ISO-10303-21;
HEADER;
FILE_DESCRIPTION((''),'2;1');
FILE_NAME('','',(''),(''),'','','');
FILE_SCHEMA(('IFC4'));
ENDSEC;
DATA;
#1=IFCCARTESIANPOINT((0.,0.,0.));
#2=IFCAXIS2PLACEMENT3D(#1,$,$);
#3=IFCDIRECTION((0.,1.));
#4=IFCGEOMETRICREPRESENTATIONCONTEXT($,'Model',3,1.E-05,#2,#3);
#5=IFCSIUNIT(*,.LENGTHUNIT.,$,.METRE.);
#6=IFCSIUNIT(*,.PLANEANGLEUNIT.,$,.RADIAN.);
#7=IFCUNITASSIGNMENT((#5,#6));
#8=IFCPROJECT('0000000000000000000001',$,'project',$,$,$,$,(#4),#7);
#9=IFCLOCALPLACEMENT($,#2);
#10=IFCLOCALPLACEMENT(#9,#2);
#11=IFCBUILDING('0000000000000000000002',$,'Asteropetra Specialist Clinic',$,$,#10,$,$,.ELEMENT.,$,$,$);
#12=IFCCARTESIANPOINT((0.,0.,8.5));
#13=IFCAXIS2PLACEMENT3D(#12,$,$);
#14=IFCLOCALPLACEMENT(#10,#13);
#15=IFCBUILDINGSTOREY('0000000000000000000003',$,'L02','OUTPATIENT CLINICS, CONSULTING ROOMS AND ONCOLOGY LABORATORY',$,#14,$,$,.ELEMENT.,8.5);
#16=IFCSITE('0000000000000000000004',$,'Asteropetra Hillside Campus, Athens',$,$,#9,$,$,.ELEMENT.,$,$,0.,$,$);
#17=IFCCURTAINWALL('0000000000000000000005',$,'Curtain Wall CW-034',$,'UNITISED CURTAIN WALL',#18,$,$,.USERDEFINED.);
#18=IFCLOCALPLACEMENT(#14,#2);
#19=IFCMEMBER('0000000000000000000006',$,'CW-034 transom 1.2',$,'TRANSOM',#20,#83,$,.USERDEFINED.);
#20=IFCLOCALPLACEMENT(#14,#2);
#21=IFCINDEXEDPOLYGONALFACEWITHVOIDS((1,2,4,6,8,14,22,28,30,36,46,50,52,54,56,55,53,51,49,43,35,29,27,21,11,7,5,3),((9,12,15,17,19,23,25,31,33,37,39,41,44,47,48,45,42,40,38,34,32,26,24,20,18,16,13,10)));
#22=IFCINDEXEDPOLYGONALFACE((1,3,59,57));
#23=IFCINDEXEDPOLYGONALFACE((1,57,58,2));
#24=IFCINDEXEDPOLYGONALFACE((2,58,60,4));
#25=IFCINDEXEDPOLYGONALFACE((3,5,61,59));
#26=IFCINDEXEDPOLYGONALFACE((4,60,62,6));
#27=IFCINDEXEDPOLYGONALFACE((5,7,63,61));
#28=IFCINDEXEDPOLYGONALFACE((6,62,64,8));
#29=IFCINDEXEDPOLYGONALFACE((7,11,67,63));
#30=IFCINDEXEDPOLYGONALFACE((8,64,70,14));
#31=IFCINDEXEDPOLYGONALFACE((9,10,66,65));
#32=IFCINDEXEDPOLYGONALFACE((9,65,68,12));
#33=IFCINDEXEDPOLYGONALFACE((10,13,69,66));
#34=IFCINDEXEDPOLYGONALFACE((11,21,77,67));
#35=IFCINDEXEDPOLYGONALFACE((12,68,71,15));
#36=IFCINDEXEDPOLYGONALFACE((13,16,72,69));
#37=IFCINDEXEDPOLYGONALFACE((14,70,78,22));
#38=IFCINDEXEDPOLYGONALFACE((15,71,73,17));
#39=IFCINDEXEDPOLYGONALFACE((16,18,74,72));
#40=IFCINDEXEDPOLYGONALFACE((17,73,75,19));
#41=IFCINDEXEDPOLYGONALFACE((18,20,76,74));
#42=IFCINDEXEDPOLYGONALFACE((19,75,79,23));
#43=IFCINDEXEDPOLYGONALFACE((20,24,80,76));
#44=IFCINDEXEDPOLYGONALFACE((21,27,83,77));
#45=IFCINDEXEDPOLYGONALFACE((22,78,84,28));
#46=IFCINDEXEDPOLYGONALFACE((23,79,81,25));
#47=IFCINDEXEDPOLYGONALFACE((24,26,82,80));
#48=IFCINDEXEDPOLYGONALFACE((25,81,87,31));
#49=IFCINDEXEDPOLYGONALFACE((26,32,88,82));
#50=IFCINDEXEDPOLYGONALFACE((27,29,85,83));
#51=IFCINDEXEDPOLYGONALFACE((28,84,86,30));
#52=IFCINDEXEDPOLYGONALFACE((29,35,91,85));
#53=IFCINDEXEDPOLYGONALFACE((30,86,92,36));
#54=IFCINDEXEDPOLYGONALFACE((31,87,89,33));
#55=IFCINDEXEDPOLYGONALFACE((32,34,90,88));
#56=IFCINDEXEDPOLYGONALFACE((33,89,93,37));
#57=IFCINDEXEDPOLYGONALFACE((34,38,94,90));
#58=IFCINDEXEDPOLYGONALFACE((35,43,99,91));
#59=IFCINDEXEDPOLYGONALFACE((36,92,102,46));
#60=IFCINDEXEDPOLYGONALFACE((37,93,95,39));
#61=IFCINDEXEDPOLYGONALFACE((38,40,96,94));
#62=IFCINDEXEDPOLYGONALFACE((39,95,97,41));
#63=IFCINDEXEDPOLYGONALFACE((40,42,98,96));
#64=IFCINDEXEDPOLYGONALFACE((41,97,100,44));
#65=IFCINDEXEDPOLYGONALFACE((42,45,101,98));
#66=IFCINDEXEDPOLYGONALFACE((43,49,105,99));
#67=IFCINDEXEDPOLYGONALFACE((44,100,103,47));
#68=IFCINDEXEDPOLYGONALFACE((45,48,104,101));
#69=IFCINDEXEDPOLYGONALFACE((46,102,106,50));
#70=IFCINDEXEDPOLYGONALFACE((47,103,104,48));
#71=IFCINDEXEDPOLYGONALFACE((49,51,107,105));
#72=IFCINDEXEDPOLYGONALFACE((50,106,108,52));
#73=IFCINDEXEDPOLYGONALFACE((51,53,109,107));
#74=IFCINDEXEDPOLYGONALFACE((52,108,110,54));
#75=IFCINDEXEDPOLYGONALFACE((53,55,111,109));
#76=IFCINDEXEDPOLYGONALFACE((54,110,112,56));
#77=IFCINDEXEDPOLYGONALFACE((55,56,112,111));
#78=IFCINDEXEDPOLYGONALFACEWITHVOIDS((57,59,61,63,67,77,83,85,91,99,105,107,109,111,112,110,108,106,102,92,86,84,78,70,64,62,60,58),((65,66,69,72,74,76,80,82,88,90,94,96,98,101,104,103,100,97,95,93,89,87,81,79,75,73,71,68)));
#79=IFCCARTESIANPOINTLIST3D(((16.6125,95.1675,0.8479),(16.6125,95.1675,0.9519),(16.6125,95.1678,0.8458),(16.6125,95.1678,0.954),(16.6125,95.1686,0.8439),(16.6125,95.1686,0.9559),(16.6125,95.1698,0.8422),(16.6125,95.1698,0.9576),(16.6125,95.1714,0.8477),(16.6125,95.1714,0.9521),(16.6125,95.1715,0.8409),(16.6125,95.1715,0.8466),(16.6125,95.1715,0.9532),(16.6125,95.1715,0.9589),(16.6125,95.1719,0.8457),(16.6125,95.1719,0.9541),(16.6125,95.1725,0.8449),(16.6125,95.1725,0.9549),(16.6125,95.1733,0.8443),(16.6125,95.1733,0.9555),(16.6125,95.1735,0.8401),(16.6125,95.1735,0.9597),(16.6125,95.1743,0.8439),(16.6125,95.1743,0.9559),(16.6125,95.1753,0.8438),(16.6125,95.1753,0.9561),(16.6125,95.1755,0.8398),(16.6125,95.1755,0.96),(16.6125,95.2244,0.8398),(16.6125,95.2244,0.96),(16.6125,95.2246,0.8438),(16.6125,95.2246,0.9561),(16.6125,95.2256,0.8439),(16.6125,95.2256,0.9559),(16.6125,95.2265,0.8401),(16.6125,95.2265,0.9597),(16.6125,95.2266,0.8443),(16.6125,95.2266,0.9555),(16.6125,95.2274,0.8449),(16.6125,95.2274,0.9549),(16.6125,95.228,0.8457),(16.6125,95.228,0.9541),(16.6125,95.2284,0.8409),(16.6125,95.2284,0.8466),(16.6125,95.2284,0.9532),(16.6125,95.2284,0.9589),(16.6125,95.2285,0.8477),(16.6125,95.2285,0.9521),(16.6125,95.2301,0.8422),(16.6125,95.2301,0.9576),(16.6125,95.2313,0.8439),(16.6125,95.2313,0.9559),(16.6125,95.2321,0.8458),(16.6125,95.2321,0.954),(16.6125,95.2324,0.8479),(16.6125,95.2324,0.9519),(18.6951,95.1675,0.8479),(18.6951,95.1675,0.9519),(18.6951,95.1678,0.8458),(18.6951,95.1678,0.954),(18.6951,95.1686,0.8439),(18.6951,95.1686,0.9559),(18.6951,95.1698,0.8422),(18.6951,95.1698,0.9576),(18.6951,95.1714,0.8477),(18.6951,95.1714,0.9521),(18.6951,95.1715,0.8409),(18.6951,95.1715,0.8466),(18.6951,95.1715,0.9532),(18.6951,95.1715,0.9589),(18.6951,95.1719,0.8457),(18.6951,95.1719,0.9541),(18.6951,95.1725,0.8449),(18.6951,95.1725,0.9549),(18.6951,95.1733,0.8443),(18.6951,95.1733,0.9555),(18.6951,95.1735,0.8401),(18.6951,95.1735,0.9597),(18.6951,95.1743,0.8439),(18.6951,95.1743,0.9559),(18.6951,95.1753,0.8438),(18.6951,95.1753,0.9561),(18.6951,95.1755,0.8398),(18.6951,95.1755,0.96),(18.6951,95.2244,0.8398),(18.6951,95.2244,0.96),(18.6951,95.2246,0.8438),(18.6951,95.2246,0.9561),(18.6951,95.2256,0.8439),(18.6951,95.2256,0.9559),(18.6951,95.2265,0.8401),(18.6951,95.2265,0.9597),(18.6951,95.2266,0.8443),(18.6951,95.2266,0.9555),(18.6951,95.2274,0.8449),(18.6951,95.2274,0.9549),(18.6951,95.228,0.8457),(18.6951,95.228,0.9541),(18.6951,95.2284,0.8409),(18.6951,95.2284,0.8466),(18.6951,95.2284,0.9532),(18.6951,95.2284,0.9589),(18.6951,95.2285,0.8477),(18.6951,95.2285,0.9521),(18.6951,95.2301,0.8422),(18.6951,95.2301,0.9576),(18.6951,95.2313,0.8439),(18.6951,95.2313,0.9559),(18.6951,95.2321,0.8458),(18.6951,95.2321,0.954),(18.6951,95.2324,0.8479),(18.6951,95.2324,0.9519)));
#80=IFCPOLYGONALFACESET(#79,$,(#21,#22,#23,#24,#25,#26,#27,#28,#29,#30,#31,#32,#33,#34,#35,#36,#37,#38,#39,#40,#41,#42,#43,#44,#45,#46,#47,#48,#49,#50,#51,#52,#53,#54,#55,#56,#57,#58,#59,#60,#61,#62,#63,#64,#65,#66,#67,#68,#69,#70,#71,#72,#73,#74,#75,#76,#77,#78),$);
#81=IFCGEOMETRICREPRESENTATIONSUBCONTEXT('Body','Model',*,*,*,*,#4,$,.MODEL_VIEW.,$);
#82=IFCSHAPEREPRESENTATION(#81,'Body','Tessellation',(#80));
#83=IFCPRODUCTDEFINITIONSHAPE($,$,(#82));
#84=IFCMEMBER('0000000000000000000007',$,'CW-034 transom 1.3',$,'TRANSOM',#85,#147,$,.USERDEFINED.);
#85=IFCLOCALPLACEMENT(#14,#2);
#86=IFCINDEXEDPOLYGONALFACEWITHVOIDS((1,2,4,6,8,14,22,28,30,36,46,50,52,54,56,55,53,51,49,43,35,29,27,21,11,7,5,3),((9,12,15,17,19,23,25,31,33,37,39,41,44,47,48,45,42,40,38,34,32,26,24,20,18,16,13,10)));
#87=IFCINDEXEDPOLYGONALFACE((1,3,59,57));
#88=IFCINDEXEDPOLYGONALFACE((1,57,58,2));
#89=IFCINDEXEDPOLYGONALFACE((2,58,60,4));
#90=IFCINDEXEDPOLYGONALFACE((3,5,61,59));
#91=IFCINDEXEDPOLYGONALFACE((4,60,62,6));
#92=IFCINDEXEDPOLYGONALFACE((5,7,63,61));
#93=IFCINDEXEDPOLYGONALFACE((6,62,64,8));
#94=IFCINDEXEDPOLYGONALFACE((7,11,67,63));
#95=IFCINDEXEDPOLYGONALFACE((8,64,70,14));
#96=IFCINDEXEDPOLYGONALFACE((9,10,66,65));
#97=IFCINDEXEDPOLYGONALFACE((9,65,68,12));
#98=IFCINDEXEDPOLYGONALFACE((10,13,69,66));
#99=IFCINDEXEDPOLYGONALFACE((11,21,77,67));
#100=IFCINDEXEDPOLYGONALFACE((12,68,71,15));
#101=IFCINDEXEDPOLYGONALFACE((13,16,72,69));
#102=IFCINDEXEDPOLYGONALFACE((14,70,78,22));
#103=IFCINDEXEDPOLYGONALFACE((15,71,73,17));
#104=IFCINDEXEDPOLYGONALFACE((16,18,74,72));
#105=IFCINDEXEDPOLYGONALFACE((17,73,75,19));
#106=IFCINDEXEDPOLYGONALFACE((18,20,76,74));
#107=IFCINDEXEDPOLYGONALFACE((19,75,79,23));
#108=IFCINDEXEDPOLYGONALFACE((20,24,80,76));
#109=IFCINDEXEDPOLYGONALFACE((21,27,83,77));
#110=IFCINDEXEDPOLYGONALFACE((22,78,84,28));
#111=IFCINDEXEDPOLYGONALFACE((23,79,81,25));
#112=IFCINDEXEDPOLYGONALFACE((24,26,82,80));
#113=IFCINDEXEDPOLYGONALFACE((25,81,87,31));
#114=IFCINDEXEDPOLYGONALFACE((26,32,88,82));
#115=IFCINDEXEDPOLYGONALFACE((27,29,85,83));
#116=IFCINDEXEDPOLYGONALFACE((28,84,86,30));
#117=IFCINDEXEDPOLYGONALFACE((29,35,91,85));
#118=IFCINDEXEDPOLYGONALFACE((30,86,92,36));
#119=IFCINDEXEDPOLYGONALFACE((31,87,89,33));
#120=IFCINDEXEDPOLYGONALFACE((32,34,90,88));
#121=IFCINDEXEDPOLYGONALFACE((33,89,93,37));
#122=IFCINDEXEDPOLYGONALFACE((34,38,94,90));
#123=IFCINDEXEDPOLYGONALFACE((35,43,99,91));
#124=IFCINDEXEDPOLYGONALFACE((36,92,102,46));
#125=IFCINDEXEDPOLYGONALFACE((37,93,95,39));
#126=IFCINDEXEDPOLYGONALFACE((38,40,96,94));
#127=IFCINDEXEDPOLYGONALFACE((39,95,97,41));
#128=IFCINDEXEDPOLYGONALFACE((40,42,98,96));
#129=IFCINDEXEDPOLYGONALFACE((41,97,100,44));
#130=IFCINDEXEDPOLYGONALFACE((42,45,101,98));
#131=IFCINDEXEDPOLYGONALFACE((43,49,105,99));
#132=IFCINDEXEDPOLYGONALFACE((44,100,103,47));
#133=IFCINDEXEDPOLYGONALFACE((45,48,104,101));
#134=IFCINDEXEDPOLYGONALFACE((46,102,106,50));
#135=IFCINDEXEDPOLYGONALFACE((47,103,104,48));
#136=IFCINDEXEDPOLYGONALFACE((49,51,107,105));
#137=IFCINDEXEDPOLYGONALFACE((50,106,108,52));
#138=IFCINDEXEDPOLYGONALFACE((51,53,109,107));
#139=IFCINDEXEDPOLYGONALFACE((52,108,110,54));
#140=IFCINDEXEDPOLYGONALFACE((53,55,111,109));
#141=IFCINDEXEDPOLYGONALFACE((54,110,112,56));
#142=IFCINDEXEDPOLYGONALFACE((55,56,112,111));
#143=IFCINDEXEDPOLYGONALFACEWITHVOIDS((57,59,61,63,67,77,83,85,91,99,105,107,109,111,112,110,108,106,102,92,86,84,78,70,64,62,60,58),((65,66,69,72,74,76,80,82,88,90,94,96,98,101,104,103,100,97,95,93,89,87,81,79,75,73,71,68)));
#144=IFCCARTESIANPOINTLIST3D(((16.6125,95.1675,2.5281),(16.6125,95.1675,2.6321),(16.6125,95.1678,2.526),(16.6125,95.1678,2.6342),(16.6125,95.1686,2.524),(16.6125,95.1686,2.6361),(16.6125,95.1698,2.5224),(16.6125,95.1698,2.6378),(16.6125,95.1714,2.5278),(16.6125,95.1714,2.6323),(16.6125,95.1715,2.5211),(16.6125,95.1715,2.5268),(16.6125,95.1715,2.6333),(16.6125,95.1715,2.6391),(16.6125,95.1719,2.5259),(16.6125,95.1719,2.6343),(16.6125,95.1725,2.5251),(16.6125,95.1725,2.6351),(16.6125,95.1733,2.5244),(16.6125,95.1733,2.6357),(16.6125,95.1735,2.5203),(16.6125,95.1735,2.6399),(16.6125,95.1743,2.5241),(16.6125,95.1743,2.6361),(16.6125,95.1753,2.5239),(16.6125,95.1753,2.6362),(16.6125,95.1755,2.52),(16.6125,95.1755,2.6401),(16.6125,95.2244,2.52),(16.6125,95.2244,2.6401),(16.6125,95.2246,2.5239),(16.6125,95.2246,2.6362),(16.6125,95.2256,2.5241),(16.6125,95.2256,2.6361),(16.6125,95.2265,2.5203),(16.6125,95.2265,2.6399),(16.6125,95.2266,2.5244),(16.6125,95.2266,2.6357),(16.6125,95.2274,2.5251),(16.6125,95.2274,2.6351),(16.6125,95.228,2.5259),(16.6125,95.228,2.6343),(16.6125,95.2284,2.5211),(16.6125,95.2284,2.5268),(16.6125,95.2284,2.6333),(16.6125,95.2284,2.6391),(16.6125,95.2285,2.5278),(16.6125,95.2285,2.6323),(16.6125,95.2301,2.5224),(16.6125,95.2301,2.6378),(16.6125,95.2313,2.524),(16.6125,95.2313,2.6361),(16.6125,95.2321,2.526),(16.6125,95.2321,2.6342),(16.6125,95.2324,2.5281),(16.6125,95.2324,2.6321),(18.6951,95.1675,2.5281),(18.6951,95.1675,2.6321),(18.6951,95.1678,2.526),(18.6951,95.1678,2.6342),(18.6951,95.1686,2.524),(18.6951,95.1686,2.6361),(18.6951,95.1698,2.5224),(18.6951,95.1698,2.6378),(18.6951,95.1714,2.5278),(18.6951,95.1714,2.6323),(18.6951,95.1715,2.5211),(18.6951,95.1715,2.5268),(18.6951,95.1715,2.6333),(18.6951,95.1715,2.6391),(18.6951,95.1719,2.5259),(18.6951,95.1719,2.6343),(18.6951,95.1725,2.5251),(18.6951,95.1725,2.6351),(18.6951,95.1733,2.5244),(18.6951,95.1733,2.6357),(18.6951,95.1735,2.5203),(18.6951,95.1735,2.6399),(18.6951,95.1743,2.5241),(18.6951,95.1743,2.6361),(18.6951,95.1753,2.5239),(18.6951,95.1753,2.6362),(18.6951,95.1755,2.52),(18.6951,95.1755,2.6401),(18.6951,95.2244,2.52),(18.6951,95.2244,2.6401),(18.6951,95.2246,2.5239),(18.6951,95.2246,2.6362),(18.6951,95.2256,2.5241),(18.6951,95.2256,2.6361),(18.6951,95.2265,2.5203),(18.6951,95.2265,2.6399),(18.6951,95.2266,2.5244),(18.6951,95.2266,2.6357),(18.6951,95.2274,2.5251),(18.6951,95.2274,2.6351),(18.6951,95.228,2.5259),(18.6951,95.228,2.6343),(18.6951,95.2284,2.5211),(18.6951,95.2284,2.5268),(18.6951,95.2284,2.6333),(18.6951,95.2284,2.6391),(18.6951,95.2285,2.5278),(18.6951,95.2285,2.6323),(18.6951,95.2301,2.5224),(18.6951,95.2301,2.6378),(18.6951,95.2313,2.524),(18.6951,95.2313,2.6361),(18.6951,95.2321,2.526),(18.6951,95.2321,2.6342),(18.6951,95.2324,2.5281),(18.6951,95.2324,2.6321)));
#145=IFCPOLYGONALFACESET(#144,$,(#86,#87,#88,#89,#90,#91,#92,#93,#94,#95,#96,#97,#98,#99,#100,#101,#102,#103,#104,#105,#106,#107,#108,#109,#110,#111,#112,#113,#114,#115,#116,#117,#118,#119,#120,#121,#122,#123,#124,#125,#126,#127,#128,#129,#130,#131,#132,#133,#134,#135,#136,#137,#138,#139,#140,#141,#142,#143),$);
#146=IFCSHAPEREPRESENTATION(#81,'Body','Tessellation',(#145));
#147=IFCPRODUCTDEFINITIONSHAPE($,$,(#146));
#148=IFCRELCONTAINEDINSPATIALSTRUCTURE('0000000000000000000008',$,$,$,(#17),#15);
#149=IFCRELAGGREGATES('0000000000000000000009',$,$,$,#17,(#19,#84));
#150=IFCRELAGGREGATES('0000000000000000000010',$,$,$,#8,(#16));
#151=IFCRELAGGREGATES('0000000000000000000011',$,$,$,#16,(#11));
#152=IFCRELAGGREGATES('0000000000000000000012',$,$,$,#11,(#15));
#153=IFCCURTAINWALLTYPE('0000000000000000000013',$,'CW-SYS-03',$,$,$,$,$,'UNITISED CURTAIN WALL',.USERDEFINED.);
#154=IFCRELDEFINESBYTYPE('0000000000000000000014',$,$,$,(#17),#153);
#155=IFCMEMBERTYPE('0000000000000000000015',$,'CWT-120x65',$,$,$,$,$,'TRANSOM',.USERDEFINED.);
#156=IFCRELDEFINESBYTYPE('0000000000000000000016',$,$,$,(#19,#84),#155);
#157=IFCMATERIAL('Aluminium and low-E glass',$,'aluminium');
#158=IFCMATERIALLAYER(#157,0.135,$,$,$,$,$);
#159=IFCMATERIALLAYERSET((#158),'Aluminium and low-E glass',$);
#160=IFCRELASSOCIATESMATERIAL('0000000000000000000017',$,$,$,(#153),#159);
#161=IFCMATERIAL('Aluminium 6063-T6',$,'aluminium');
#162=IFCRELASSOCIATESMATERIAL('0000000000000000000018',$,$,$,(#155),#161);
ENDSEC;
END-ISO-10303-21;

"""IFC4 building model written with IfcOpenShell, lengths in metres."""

from ifc_helpers import new_model, si_unit, direction, frame, origin, origin_2d, place, context, subcontext, project, spatial, hollow_rectangle, extrude, material, layer, layer_set, material_profile, profile_set, type_object, element, aggregate, save


model = new_model("IFC4")

# Units and contexts
model_context = context("Model", 3, precision=1e-05, world=origin(), true_north=direction((0.0, 1.0)))
body_context = subcontext(model_context, "Body", "Model", "MODEL_VIEW")
ifc_project = project(units=[si_unit("LENGTHUNIT", "METRE"), si_unit("PLANEANGLEUNIT", "RADIAN")], contexts=[model_context])

# Site, building, storey
site_placement = place(None, origin())
site = spatial("IfcSite", under=ifc_project, at=site_placement, Name="Asteropetra Hillside Campus, Athens", CompositionType="ELEMENT", RefElevation=0.0)
building_placement = place(site_placement, origin())
building = spatial("IfcBuilding", under=site, at=building_placement, Name="Asteropetra Specialist Clinic", CompositionType="ELEMENT")
storey_placement = place(building_placement, frame((0.0, 0.0, 8.5)))
storey = spatial("IfcBuildingStorey", under=building, at=storey_placement, Name="L02", Description="OUTPATIENT CLINICS, CONSULTING ROOMS AND ONCOLOGY LABORATORY", CompositionType="ELEMENT", Elevation=8.5)

# Curtain wall
ifc_material_1 = material(Name="Aluminium and low-E glass", Category="aluminium")
ifc_layer_1 = layer(ifc_material_1, 0.135)
ifc_layer_set_1 = layer_set([ifc_layer_1], Name="Aluminium and low-E glass")
curtain_wall_type_1 = type_object("IfcCurtainWallType", Name="CW-SYS-03", ElementType="UNITISED CURTAIN WALL", PredefinedType="USERDEFINED", material=ifc_layer_set_1)
curtain_wall_1_placement = place(storey_placement, origin())
curtain_wall_1 = element("IfcCurtainWall", 1, at=curtain_wall_1_placement, inside=storey, type_object=curtain_wall_type_1, Name="Curtain Wall CW-034", ObjectType="UNITISED CURTAIN WALL", PredefinedType="USERDEFINED")

# Members
ifc_material_2 = material(Name="Aluminium 6063-T6", Category="aluminium")
ifc_material_profile_1 = material_profile(ifc_material_2, hollow_rectangle(XDim=0.0649, YDim=0.1201, WallThickness=0.0039, InnerFilletRadius=0.0039, OuterFilletRadius=0.0081, at=origin_2d()), Name="TRN 120x65x4.0")
ifc_profile_set_1 = profile_set([ifc_material_profile_1], Name="Aluminium 6063-T6")
member_type_1 = type_object("IfcMemberType", Name="CWT-120x65", ElementType="TRANSOM", PredefinedType="USERDEFINED", material=ifc_profile_set_1)
member_1_placement = place(storey_placement, frame((18.6951, 95.2, 0.8999), z_axis=(-1.0, 0.0, 0.0), x_axis=(0.0, -1.0, 0.0)))
member_1 = element("IfcMember", 2, at=member_1_placement, type_object=member_type_1, Name="CW-034 transom 1.2", ObjectType="TRANSOM", PredefinedType="USERDEFINED", context=body_context, shape_type="SweptSolid", body=[
    extrude(hollow_rectangle(XDim=0.0649, YDim=0.1201, WallThickness=0.0039, InnerFilletRadius=0.0039, OuterFilletRadius=0.0081, at=origin_2d()), origin(), (0.0, 0.0, 1.0), 2.0825),
])
member_2_placement = place(storey_placement, frame((18.6951, 95.2, 2.5801), z_axis=(-1.0, 0.0, 0.0), x_axis=(0.0, -1.0, 0.0)))
member_2 = element("IfcMember", 3, at=member_2_placement, type_object=member_type_1, Name="CW-034 transom 1.3", ObjectType="TRANSOM", PredefinedType="USERDEFINED", context=body_context, shape_type="SweptSolid", body=[
    extrude(hollow_rectangle(XDim=0.0649, YDim=0.1201, WallThickness=0.0039, InnerFilletRadius=0.0039, OuterFilletRadius=0.0081, at=origin_2d()), origin(), (0.0, 0.0, 1.0), 2.0825),
])

aggregate(curtain_wall_1, [member_1, member_2])

save(model, "model.ifc")
